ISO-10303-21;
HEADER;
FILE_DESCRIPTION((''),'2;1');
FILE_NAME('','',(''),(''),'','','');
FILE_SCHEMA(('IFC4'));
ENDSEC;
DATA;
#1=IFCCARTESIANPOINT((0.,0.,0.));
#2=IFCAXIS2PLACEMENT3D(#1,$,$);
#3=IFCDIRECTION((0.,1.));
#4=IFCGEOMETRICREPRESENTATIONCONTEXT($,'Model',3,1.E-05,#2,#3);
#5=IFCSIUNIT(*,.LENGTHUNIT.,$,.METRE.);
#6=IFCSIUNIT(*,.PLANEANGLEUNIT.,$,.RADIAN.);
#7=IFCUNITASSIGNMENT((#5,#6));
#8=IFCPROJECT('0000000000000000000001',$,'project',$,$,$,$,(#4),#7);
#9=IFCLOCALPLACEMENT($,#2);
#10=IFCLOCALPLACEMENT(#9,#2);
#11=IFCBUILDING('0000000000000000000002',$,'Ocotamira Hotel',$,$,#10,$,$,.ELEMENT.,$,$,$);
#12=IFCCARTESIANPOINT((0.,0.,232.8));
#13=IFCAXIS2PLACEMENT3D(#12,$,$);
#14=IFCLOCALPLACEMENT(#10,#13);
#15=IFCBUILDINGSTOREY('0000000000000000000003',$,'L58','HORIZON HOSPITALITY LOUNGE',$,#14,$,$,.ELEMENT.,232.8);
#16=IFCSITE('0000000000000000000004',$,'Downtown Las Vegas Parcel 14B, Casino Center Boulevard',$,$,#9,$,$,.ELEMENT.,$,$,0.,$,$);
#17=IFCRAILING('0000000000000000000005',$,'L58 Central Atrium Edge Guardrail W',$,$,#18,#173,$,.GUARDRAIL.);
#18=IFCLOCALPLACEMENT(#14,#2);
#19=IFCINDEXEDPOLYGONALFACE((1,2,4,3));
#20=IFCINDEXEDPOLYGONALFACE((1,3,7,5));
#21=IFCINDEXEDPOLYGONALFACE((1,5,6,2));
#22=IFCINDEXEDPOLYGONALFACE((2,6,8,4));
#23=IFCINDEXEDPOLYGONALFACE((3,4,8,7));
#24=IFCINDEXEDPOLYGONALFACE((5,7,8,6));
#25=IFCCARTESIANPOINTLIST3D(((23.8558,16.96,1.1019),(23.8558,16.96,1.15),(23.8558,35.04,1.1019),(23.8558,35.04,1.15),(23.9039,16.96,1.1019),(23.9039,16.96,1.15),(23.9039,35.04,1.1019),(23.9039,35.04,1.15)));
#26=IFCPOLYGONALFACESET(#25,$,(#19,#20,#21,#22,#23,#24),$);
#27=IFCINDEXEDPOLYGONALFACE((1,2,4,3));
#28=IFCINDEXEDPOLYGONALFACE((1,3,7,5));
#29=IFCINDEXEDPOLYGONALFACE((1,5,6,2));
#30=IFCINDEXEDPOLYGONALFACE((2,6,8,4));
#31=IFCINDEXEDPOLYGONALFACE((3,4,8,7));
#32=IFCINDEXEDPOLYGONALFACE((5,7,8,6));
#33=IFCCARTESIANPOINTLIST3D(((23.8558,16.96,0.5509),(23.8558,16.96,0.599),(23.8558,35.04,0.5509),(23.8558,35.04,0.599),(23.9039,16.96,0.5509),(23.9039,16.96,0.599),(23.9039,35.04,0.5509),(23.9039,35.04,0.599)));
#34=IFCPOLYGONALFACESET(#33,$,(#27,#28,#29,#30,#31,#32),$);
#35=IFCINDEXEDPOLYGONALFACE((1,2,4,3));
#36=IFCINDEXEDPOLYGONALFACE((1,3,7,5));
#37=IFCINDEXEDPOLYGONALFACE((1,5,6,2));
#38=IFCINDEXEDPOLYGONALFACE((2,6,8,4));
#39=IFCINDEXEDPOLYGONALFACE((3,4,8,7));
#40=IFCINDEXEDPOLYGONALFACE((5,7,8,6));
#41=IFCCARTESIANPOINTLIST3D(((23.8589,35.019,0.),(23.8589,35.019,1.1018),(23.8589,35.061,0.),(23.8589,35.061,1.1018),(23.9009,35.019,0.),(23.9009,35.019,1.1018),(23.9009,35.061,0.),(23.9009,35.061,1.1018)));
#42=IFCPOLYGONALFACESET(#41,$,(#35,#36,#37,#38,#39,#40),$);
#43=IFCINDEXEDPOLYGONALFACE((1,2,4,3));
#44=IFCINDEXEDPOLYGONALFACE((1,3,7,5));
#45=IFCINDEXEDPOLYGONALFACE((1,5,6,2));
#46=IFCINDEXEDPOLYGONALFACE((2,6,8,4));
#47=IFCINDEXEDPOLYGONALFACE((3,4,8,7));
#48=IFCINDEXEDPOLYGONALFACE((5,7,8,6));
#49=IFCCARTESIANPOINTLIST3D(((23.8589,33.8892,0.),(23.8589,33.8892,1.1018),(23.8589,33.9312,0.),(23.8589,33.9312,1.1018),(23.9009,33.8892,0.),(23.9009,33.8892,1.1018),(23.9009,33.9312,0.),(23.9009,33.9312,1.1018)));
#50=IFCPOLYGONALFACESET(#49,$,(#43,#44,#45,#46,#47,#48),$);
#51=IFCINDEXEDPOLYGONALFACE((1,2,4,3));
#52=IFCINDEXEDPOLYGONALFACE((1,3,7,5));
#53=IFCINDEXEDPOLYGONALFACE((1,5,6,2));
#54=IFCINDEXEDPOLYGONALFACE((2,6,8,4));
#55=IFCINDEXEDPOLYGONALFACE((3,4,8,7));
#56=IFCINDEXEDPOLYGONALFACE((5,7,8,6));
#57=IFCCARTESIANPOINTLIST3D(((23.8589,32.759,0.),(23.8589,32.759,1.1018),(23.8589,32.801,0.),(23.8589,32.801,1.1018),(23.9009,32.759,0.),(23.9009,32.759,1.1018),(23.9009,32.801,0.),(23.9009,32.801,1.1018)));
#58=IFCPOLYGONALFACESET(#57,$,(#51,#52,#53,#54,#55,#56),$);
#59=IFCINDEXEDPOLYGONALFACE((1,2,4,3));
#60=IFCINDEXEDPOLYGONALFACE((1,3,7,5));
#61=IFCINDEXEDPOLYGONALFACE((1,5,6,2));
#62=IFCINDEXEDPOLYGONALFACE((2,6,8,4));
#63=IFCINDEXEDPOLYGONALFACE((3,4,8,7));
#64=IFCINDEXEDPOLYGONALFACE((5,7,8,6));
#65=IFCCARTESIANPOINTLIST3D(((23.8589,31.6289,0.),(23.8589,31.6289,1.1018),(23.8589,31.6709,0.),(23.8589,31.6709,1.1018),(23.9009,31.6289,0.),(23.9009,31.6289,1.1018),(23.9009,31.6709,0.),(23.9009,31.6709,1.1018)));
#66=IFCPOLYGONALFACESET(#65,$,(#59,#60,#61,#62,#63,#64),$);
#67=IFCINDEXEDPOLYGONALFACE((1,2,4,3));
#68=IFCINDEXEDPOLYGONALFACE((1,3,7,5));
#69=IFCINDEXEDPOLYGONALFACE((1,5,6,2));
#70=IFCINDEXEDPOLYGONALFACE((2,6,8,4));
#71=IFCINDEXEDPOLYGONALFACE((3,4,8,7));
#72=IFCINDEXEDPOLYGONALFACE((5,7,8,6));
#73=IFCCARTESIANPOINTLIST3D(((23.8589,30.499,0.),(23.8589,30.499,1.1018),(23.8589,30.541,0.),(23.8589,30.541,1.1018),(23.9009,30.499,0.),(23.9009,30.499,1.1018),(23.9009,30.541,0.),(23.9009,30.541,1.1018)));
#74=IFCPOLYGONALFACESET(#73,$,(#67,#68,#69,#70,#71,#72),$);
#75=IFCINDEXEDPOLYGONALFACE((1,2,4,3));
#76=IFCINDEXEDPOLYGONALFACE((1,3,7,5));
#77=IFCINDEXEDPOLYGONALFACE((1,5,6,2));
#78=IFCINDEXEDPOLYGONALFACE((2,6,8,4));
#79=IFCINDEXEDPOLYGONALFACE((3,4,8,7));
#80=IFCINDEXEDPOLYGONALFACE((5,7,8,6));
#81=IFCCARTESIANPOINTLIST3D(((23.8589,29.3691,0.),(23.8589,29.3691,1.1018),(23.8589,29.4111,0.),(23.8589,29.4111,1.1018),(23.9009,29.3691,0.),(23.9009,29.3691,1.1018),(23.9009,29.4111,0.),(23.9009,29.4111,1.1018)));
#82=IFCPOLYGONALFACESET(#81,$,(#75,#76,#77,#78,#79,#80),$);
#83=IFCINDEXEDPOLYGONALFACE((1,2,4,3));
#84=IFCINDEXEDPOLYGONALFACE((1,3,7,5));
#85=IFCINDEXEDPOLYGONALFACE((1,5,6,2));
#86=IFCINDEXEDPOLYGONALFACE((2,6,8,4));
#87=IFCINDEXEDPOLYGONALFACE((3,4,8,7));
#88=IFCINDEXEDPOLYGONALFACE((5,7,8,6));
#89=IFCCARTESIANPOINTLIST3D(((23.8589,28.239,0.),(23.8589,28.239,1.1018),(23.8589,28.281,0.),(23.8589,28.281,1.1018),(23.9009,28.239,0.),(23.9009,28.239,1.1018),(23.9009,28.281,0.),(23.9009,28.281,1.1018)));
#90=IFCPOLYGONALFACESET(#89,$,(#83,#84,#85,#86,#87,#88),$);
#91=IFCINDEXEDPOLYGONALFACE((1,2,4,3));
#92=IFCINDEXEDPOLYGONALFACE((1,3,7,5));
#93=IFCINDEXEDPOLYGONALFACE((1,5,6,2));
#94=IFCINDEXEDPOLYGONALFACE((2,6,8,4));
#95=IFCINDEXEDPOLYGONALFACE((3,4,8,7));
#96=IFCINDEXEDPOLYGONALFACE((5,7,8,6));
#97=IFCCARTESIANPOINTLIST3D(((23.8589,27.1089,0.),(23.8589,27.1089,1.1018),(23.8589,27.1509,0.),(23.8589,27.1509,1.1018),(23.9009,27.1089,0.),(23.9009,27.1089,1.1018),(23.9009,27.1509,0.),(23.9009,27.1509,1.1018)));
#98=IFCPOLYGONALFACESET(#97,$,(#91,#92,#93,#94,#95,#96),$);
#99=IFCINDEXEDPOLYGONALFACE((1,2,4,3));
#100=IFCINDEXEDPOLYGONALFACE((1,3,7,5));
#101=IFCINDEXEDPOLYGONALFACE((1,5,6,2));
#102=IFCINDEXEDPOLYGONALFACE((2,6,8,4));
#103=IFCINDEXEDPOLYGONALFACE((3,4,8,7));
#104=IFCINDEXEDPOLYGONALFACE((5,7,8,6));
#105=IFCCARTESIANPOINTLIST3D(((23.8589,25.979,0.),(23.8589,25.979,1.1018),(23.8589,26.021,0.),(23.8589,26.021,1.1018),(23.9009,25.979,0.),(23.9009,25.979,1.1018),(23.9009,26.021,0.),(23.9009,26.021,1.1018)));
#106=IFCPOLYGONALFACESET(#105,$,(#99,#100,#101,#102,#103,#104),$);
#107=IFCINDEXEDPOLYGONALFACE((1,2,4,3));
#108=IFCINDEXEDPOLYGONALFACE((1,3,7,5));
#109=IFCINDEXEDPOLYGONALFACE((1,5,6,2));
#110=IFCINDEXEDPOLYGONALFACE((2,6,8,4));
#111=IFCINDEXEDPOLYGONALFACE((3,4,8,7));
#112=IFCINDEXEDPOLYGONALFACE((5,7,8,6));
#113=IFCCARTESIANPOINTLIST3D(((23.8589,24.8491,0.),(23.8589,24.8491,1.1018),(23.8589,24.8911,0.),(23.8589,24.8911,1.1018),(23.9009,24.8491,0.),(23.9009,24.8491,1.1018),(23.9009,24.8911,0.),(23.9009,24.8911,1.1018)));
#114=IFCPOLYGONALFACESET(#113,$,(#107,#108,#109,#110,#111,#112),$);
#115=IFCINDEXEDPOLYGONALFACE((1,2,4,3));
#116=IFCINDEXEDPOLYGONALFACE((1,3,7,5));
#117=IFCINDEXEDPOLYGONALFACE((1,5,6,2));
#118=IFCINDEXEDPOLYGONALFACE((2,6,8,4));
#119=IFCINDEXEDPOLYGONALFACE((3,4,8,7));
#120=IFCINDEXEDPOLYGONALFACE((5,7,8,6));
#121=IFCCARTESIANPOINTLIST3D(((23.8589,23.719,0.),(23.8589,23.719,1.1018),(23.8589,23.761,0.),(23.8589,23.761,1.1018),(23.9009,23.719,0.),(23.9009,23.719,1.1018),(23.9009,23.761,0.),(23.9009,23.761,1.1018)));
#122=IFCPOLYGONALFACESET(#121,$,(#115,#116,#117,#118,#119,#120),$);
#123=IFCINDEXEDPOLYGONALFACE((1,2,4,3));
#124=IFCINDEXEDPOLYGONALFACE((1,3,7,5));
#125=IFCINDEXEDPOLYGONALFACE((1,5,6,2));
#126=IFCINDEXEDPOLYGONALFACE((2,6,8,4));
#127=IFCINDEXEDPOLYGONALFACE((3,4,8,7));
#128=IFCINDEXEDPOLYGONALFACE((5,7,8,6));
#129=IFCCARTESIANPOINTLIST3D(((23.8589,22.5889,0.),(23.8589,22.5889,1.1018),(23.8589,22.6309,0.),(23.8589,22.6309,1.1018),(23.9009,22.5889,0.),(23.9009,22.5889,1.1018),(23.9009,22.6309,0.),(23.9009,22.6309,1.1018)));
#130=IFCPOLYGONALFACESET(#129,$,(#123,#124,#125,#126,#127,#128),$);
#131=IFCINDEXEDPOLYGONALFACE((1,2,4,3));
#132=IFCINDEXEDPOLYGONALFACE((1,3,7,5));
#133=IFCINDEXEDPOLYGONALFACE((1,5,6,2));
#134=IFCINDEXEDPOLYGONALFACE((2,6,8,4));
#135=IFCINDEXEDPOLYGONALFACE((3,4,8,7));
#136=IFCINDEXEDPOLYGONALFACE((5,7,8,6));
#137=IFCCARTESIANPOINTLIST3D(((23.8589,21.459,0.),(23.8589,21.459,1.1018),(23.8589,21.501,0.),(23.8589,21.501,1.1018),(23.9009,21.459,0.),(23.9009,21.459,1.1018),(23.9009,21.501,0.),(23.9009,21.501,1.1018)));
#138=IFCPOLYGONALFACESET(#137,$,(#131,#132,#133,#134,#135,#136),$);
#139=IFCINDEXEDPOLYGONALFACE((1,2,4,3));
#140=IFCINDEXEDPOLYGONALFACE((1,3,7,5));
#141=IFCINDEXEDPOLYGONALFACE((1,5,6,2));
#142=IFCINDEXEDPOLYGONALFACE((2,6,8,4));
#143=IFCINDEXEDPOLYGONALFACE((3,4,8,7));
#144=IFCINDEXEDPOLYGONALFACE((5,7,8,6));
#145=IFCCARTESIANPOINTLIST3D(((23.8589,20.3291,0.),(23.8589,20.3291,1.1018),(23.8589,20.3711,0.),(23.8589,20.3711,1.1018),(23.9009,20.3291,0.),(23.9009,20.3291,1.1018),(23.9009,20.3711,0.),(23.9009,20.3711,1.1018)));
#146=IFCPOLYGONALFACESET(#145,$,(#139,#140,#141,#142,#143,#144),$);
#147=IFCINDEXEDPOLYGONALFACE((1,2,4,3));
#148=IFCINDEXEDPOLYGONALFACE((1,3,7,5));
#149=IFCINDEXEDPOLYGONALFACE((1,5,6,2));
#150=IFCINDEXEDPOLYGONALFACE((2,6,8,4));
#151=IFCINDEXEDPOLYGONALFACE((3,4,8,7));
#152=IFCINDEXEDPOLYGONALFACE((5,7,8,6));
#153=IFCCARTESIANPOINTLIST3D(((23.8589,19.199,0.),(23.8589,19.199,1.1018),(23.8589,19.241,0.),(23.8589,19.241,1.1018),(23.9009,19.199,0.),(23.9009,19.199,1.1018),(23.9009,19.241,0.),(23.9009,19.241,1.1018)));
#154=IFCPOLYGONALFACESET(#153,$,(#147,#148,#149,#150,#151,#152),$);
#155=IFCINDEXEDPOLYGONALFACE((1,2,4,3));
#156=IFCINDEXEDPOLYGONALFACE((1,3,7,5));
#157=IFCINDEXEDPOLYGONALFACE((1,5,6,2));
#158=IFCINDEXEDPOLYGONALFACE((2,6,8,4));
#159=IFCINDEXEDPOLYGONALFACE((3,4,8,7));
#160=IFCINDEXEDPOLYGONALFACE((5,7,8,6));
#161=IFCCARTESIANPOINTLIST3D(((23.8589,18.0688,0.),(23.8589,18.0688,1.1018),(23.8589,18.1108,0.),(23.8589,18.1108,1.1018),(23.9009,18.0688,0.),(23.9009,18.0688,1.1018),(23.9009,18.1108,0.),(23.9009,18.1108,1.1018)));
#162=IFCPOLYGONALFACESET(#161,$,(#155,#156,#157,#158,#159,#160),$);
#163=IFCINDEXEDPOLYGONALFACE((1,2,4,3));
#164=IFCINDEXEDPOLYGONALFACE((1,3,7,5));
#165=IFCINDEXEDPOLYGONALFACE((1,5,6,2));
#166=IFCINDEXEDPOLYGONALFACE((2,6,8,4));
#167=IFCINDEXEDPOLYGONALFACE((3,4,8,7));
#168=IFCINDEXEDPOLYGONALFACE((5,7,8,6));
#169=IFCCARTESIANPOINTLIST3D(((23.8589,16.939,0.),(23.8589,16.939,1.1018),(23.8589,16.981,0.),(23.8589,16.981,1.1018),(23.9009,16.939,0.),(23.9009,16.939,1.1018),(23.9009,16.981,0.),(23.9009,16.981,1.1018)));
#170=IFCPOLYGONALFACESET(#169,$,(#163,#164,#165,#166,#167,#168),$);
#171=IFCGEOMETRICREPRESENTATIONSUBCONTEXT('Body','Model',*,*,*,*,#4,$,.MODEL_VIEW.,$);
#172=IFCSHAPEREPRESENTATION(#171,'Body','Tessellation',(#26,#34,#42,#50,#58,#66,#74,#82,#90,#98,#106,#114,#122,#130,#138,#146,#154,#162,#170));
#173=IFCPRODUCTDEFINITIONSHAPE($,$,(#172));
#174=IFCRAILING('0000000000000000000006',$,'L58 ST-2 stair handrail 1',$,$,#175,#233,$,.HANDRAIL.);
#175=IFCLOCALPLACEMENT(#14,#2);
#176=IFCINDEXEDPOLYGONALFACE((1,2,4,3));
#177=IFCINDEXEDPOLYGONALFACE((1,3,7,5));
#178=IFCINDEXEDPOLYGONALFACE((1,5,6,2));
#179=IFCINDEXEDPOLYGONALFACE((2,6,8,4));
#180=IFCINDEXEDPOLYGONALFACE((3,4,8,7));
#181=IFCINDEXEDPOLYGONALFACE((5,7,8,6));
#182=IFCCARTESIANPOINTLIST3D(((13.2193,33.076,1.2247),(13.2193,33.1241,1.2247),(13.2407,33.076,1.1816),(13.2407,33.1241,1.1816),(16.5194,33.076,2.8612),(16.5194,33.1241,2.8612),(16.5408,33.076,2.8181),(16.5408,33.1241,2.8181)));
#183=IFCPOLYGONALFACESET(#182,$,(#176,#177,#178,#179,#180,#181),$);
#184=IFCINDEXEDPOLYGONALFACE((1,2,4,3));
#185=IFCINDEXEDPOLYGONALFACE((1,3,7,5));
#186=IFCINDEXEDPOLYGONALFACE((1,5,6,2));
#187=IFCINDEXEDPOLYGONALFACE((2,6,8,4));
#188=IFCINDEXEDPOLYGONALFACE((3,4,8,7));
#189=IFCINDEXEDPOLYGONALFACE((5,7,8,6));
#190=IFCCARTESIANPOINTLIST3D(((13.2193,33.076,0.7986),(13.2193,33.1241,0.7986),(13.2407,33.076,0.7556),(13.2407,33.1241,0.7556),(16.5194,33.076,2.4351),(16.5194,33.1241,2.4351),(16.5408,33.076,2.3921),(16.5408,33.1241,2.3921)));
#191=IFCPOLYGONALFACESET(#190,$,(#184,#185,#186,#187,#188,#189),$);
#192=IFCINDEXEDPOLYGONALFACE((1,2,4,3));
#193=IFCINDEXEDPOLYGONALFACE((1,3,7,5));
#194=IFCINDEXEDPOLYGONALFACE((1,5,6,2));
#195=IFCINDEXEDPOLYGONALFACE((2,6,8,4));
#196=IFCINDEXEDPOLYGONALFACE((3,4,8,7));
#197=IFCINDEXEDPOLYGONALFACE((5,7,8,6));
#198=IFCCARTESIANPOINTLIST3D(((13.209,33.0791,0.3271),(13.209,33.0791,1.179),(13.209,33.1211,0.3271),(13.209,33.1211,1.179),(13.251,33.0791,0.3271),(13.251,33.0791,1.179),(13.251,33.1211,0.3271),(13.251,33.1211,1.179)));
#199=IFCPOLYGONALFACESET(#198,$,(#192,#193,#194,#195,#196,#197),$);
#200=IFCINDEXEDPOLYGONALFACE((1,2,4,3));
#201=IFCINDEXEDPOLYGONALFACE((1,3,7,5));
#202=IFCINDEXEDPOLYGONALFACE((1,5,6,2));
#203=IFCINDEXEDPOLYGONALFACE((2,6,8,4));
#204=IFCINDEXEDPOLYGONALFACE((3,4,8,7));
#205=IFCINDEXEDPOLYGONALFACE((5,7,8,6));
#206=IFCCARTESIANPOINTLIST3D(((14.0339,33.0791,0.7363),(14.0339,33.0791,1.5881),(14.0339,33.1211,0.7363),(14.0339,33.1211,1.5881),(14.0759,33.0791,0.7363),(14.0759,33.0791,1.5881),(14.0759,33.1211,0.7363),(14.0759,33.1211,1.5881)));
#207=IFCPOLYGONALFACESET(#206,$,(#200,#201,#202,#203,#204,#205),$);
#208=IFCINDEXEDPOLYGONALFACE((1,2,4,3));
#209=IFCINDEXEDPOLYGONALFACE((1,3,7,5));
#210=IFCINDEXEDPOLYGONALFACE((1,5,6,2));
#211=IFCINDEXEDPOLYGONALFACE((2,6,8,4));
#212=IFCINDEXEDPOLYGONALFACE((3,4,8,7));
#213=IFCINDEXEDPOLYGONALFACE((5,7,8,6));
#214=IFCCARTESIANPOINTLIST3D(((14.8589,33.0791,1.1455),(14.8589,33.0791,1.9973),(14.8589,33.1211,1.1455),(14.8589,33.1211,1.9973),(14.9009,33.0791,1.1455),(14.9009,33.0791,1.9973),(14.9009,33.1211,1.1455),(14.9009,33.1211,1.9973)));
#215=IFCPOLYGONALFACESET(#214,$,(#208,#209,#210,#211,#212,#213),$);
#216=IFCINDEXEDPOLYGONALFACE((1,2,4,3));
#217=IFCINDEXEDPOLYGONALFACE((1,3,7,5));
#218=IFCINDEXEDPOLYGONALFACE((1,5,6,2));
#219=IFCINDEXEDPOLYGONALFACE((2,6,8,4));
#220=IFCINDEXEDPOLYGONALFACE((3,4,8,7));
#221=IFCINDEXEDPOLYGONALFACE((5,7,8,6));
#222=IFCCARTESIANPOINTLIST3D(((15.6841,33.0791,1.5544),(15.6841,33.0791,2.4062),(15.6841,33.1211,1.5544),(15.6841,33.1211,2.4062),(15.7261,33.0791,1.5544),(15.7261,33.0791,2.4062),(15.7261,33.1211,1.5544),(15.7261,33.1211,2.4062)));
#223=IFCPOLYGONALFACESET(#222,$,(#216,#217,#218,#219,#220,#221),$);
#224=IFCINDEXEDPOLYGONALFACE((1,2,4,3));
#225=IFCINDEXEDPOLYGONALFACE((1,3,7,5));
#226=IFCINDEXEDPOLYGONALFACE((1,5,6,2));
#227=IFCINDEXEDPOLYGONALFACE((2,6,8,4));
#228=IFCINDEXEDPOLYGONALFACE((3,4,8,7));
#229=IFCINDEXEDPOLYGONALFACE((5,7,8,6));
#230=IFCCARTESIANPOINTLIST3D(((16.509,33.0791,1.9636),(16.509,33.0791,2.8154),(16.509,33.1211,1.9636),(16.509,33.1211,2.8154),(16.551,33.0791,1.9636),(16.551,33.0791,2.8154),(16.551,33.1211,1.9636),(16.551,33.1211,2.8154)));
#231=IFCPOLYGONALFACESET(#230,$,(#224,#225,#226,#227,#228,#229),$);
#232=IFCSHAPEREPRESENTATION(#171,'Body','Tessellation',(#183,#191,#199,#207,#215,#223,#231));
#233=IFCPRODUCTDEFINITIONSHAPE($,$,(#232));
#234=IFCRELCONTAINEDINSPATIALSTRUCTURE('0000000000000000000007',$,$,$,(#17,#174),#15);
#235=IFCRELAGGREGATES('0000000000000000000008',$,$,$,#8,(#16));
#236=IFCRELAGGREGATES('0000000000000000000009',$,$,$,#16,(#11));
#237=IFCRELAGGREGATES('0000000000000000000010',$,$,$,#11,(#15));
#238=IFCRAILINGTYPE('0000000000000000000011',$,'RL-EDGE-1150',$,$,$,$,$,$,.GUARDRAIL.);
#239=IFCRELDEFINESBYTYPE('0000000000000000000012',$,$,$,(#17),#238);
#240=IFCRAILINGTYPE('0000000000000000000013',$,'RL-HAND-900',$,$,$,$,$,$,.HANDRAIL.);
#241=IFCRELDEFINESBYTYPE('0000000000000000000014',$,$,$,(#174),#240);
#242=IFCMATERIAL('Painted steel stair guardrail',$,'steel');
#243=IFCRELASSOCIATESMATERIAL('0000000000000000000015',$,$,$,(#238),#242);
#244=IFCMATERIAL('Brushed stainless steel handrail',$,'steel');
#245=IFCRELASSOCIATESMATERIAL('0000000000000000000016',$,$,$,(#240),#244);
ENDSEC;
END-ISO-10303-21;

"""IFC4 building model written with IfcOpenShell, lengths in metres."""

from ifc_helpers import new_model, si_unit, direction, frame, origin, origin_2d, place, context, subcontext, project, spatial, rectangle, extrude, material, type_object, element, save


model = new_model("IFC4")

# Units and contexts
model_context = context("Model", 3, precision=1e-05, world=origin(), true_north=direction((0.0, 1.0)))
body_context = subcontext(model_context, "Body", "Model", "MODEL_VIEW")
ifc_project = project(units=[si_unit("LENGTHUNIT", "METRE"), si_unit("PLANEANGLEUNIT", "RADIAN")], contexts=[model_context])

# Site, building, storey
site_placement = place(None, origin())
site = spatial("IfcSite", under=ifc_project, at=site_placement, Name="Downtown Las Vegas Parcel 14B, Casino Center Boulevard", CompositionType="ELEMENT", RefElevation=0.0)
building_placement = place(site_placement, origin())
building = spatial("IfcBuilding", under=site, at=building_placement, Name="Ocotamira Hotel", CompositionType="ELEMENT")
storey_placement = place(building_placement, frame((0.0, 0.0, 232.8)))
storey = spatial("IfcBuildingStorey", under=building, at=storey_placement, Name="L58", Description="HORIZON HOSPITALITY LOUNGE", CompositionType="ELEMENT", Elevation=232.8)

# Railings
ifc_material_1 = material(Name="Painted steel stair guardrail", Category="steel")
railing_type_1 = type_object("IfcRailingType", Name="RL-EDGE-1150", PredefinedType="GUARDRAIL", material=ifc_material_1)
railing_1_placement = place(storey_placement, frame((23.8799, 35.04, 0.0)))
element("IfcRailing", 1, at=railing_1_placement, inside=storey, type_object=railing_type_1, Name="L58 Central Atrium Edge Guardrail W", PredefinedType="GUARDRAIL", context=body_context, shape_type="SweptSolid", body=[
    extrude(rectangle(XDim=0.0481, YDim=0.0481, at=origin_2d()), frame((0.0, 0.0, 1.126), z_axis=(0.0, -1.0, 0.0), x_axis=(1.0, 0.0, 0.0)), (0.0, 0.0, 1.0), 18.0801),
    extrude(rectangle(XDim=0.0481, YDim=0.0481, at=origin_2d()), frame((0.0, 0.0, 0.575), z_axis=(0.0, -1.0, 0.0), x_axis=(1.0, 0.0, 0.0)), (0.0, 0.0, 1.0), 18.0801),
    extrude(rectangle(XDim=0.042, YDim=0.042, at=origin_2d()), origin(), (0.0, 0.0, 1.0), 1.1018),
    extrude(rectangle(XDim=0.042, YDim=0.042, at=origin_2d()), frame((0.0, -1.1299, 0.0)), (0.0, 0.0, 1.0), 1.1018),
    extrude(rectangle(XDim=0.042, YDim=0.042, at=origin_2d()), frame((0.0, -2.26, 0.0)), (0.0, 0.0, 1.0), 1.1018),
    extrude(rectangle(XDim=0.042, YDim=0.042, at=origin_2d()), frame((0.0, -3.3901, 0.0)), (0.0, 0.0, 1.0), 1.1018),
    extrude(rectangle(XDim=0.042, YDim=0.042, at=origin_2d()), frame((0.0, -4.52, 0.0)), (0.0, 0.0, 1.0), 1.1018),
    extrude(rectangle(XDim=0.042, YDim=0.042, at=origin_2d()), frame((0.0, -5.6499, 0.0)), (0.0, 0.0, 1.0), 1.1018),
    extrude(rectangle(XDim=0.042, YDim=0.042, at=origin_2d()), frame((0.0, -6.78, 0.0)), (0.0, 0.0, 1.0), 1.1018),
    extrude(rectangle(XDim=0.042, YDim=0.042, at=origin_2d()), frame((0.0, -7.9102, 0.0)), (0.0, 0.0, 1.0), 1.1018),
    extrude(rectangle(XDim=0.042, YDim=0.042, at=origin_2d()), frame((0.0, -9.04, 0.0)), (0.0, 0.0, 1.0), 1.1018),
    extrude(rectangle(XDim=0.042, YDim=0.042, at=origin_2d()), frame((0.0, -10.1699, 0.0)), (0.0, 0.0, 1.0), 1.1018),
    extrude(rectangle(XDim=0.042, YDim=0.042, at=origin_2d()), frame((0.0, -11.3, 0.0)), (0.0, 0.0, 1.0), 1.1018),
    extrude(rectangle(XDim=0.042, YDim=0.042, at=origin_2d()), frame((0.0, -12.4302, 0.0)), (0.0, 0.0, 1.0), 1.1018),
    extrude(rectangle(XDim=0.042, YDim=0.042, at=origin_2d()), frame((0.0, -13.5601, 0.0)), (0.0, 0.0, 1.0), 1.1018),
    extrude(rectangle(XDim=0.042, YDim=0.042, at=origin_2d()), frame((0.0, -14.6899, 0.0)), (0.0, 0.0, 1.0), 1.1018),
    extrude(rectangle(XDim=0.042, YDim=0.042, at=origin_2d()), frame((0.0, -15.8201, 0.0)), (0.0, 0.0, 1.0), 1.1018),
    extrude(rectangle(XDim=0.042, YDim=0.042, at=origin_2d()), frame((0.0, -16.9502, 0.0)), (0.0, 0.0, 1.0), 1.1018),
    extrude(rectangle(XDim=0.042, YDim=0.042, at=origin_2d()), frame((0.0, -18.0801, 0.0)), (0.0, 0.0, 1.0), 1.1018),
])
ifc_material_2 = material(Name="Brushed stainless steel handrail", Category="steel")
railing_type_2 = type_object("IfcRailingType", Name="RL-HAND-900", PredefinedType="HANDRAIL", material=ifc_material_2)
for number, where, name in (
    (2, (13.23, 33.1001, 0.3271), "L58 ST-2 stair handrail 1"),
):
    element("IfcRailing", number, at=place(storey_placement, frame(where)), inside=storey, type_object=railing_type_2, Name=name, PredefinedType="HANDRAIL", context=body_context, shape_type="SweptSolid", body=[
        extrude(rectangle(XDim=0.0481, YDim=0.0481, at=origin_2d()), frame((0.0, 0.0, 0.876), z_axis=(0.895894, 0.0, 0.444268), x_axis=(0.0, 1.0, 0.0)), (0.0, 0.0, 1.0), 3.6836),
        extrude(rectangle(XDim=0.0481, YDim=0.0481, at=origin_2d()), frame((0.0, 0.0, 0.45), z_axis=(0.895894, 0.0, 0.444268), x_axis=(0.0, 1.0, 0.0)), (0.0, 0.0, 1.0), 3.6836),
        extrude(rectangle(XDim=0.042, YDim=0.042, at=origin_2d()), origin(), (0.0, 0.0, 1.0), 0.8518),
        extrude(rectangle(XDim=0.042, YDim=0.042, at=origin_2d()), frame((0.825, 0.0, 0.4092)), (0.0, 0.0, 1.0), 0.8518),
        extrude(rectangle(XDim=0.042, YDim=0.042, at=origin_2d()), frame((1.6499, 0.0, 0.8184)), (0.0, 0.0, 1.0), 0.8518),
        extrude(rectangle(XDim=0.042, YDim=0.042, at=origin_2d()), frame((2.4751, 0.0, 1.2273)), (0.0, 0.0, 1.0), 0.8518),
        extrude(rectangle(XDim=0.042, YDim=0.042, at=origin_2d()), frame((3.3, 0.0, 1.6365)), (0.0, 0.0, 1.0), 0.8518),
    ])

save(model, "model.ifc")
